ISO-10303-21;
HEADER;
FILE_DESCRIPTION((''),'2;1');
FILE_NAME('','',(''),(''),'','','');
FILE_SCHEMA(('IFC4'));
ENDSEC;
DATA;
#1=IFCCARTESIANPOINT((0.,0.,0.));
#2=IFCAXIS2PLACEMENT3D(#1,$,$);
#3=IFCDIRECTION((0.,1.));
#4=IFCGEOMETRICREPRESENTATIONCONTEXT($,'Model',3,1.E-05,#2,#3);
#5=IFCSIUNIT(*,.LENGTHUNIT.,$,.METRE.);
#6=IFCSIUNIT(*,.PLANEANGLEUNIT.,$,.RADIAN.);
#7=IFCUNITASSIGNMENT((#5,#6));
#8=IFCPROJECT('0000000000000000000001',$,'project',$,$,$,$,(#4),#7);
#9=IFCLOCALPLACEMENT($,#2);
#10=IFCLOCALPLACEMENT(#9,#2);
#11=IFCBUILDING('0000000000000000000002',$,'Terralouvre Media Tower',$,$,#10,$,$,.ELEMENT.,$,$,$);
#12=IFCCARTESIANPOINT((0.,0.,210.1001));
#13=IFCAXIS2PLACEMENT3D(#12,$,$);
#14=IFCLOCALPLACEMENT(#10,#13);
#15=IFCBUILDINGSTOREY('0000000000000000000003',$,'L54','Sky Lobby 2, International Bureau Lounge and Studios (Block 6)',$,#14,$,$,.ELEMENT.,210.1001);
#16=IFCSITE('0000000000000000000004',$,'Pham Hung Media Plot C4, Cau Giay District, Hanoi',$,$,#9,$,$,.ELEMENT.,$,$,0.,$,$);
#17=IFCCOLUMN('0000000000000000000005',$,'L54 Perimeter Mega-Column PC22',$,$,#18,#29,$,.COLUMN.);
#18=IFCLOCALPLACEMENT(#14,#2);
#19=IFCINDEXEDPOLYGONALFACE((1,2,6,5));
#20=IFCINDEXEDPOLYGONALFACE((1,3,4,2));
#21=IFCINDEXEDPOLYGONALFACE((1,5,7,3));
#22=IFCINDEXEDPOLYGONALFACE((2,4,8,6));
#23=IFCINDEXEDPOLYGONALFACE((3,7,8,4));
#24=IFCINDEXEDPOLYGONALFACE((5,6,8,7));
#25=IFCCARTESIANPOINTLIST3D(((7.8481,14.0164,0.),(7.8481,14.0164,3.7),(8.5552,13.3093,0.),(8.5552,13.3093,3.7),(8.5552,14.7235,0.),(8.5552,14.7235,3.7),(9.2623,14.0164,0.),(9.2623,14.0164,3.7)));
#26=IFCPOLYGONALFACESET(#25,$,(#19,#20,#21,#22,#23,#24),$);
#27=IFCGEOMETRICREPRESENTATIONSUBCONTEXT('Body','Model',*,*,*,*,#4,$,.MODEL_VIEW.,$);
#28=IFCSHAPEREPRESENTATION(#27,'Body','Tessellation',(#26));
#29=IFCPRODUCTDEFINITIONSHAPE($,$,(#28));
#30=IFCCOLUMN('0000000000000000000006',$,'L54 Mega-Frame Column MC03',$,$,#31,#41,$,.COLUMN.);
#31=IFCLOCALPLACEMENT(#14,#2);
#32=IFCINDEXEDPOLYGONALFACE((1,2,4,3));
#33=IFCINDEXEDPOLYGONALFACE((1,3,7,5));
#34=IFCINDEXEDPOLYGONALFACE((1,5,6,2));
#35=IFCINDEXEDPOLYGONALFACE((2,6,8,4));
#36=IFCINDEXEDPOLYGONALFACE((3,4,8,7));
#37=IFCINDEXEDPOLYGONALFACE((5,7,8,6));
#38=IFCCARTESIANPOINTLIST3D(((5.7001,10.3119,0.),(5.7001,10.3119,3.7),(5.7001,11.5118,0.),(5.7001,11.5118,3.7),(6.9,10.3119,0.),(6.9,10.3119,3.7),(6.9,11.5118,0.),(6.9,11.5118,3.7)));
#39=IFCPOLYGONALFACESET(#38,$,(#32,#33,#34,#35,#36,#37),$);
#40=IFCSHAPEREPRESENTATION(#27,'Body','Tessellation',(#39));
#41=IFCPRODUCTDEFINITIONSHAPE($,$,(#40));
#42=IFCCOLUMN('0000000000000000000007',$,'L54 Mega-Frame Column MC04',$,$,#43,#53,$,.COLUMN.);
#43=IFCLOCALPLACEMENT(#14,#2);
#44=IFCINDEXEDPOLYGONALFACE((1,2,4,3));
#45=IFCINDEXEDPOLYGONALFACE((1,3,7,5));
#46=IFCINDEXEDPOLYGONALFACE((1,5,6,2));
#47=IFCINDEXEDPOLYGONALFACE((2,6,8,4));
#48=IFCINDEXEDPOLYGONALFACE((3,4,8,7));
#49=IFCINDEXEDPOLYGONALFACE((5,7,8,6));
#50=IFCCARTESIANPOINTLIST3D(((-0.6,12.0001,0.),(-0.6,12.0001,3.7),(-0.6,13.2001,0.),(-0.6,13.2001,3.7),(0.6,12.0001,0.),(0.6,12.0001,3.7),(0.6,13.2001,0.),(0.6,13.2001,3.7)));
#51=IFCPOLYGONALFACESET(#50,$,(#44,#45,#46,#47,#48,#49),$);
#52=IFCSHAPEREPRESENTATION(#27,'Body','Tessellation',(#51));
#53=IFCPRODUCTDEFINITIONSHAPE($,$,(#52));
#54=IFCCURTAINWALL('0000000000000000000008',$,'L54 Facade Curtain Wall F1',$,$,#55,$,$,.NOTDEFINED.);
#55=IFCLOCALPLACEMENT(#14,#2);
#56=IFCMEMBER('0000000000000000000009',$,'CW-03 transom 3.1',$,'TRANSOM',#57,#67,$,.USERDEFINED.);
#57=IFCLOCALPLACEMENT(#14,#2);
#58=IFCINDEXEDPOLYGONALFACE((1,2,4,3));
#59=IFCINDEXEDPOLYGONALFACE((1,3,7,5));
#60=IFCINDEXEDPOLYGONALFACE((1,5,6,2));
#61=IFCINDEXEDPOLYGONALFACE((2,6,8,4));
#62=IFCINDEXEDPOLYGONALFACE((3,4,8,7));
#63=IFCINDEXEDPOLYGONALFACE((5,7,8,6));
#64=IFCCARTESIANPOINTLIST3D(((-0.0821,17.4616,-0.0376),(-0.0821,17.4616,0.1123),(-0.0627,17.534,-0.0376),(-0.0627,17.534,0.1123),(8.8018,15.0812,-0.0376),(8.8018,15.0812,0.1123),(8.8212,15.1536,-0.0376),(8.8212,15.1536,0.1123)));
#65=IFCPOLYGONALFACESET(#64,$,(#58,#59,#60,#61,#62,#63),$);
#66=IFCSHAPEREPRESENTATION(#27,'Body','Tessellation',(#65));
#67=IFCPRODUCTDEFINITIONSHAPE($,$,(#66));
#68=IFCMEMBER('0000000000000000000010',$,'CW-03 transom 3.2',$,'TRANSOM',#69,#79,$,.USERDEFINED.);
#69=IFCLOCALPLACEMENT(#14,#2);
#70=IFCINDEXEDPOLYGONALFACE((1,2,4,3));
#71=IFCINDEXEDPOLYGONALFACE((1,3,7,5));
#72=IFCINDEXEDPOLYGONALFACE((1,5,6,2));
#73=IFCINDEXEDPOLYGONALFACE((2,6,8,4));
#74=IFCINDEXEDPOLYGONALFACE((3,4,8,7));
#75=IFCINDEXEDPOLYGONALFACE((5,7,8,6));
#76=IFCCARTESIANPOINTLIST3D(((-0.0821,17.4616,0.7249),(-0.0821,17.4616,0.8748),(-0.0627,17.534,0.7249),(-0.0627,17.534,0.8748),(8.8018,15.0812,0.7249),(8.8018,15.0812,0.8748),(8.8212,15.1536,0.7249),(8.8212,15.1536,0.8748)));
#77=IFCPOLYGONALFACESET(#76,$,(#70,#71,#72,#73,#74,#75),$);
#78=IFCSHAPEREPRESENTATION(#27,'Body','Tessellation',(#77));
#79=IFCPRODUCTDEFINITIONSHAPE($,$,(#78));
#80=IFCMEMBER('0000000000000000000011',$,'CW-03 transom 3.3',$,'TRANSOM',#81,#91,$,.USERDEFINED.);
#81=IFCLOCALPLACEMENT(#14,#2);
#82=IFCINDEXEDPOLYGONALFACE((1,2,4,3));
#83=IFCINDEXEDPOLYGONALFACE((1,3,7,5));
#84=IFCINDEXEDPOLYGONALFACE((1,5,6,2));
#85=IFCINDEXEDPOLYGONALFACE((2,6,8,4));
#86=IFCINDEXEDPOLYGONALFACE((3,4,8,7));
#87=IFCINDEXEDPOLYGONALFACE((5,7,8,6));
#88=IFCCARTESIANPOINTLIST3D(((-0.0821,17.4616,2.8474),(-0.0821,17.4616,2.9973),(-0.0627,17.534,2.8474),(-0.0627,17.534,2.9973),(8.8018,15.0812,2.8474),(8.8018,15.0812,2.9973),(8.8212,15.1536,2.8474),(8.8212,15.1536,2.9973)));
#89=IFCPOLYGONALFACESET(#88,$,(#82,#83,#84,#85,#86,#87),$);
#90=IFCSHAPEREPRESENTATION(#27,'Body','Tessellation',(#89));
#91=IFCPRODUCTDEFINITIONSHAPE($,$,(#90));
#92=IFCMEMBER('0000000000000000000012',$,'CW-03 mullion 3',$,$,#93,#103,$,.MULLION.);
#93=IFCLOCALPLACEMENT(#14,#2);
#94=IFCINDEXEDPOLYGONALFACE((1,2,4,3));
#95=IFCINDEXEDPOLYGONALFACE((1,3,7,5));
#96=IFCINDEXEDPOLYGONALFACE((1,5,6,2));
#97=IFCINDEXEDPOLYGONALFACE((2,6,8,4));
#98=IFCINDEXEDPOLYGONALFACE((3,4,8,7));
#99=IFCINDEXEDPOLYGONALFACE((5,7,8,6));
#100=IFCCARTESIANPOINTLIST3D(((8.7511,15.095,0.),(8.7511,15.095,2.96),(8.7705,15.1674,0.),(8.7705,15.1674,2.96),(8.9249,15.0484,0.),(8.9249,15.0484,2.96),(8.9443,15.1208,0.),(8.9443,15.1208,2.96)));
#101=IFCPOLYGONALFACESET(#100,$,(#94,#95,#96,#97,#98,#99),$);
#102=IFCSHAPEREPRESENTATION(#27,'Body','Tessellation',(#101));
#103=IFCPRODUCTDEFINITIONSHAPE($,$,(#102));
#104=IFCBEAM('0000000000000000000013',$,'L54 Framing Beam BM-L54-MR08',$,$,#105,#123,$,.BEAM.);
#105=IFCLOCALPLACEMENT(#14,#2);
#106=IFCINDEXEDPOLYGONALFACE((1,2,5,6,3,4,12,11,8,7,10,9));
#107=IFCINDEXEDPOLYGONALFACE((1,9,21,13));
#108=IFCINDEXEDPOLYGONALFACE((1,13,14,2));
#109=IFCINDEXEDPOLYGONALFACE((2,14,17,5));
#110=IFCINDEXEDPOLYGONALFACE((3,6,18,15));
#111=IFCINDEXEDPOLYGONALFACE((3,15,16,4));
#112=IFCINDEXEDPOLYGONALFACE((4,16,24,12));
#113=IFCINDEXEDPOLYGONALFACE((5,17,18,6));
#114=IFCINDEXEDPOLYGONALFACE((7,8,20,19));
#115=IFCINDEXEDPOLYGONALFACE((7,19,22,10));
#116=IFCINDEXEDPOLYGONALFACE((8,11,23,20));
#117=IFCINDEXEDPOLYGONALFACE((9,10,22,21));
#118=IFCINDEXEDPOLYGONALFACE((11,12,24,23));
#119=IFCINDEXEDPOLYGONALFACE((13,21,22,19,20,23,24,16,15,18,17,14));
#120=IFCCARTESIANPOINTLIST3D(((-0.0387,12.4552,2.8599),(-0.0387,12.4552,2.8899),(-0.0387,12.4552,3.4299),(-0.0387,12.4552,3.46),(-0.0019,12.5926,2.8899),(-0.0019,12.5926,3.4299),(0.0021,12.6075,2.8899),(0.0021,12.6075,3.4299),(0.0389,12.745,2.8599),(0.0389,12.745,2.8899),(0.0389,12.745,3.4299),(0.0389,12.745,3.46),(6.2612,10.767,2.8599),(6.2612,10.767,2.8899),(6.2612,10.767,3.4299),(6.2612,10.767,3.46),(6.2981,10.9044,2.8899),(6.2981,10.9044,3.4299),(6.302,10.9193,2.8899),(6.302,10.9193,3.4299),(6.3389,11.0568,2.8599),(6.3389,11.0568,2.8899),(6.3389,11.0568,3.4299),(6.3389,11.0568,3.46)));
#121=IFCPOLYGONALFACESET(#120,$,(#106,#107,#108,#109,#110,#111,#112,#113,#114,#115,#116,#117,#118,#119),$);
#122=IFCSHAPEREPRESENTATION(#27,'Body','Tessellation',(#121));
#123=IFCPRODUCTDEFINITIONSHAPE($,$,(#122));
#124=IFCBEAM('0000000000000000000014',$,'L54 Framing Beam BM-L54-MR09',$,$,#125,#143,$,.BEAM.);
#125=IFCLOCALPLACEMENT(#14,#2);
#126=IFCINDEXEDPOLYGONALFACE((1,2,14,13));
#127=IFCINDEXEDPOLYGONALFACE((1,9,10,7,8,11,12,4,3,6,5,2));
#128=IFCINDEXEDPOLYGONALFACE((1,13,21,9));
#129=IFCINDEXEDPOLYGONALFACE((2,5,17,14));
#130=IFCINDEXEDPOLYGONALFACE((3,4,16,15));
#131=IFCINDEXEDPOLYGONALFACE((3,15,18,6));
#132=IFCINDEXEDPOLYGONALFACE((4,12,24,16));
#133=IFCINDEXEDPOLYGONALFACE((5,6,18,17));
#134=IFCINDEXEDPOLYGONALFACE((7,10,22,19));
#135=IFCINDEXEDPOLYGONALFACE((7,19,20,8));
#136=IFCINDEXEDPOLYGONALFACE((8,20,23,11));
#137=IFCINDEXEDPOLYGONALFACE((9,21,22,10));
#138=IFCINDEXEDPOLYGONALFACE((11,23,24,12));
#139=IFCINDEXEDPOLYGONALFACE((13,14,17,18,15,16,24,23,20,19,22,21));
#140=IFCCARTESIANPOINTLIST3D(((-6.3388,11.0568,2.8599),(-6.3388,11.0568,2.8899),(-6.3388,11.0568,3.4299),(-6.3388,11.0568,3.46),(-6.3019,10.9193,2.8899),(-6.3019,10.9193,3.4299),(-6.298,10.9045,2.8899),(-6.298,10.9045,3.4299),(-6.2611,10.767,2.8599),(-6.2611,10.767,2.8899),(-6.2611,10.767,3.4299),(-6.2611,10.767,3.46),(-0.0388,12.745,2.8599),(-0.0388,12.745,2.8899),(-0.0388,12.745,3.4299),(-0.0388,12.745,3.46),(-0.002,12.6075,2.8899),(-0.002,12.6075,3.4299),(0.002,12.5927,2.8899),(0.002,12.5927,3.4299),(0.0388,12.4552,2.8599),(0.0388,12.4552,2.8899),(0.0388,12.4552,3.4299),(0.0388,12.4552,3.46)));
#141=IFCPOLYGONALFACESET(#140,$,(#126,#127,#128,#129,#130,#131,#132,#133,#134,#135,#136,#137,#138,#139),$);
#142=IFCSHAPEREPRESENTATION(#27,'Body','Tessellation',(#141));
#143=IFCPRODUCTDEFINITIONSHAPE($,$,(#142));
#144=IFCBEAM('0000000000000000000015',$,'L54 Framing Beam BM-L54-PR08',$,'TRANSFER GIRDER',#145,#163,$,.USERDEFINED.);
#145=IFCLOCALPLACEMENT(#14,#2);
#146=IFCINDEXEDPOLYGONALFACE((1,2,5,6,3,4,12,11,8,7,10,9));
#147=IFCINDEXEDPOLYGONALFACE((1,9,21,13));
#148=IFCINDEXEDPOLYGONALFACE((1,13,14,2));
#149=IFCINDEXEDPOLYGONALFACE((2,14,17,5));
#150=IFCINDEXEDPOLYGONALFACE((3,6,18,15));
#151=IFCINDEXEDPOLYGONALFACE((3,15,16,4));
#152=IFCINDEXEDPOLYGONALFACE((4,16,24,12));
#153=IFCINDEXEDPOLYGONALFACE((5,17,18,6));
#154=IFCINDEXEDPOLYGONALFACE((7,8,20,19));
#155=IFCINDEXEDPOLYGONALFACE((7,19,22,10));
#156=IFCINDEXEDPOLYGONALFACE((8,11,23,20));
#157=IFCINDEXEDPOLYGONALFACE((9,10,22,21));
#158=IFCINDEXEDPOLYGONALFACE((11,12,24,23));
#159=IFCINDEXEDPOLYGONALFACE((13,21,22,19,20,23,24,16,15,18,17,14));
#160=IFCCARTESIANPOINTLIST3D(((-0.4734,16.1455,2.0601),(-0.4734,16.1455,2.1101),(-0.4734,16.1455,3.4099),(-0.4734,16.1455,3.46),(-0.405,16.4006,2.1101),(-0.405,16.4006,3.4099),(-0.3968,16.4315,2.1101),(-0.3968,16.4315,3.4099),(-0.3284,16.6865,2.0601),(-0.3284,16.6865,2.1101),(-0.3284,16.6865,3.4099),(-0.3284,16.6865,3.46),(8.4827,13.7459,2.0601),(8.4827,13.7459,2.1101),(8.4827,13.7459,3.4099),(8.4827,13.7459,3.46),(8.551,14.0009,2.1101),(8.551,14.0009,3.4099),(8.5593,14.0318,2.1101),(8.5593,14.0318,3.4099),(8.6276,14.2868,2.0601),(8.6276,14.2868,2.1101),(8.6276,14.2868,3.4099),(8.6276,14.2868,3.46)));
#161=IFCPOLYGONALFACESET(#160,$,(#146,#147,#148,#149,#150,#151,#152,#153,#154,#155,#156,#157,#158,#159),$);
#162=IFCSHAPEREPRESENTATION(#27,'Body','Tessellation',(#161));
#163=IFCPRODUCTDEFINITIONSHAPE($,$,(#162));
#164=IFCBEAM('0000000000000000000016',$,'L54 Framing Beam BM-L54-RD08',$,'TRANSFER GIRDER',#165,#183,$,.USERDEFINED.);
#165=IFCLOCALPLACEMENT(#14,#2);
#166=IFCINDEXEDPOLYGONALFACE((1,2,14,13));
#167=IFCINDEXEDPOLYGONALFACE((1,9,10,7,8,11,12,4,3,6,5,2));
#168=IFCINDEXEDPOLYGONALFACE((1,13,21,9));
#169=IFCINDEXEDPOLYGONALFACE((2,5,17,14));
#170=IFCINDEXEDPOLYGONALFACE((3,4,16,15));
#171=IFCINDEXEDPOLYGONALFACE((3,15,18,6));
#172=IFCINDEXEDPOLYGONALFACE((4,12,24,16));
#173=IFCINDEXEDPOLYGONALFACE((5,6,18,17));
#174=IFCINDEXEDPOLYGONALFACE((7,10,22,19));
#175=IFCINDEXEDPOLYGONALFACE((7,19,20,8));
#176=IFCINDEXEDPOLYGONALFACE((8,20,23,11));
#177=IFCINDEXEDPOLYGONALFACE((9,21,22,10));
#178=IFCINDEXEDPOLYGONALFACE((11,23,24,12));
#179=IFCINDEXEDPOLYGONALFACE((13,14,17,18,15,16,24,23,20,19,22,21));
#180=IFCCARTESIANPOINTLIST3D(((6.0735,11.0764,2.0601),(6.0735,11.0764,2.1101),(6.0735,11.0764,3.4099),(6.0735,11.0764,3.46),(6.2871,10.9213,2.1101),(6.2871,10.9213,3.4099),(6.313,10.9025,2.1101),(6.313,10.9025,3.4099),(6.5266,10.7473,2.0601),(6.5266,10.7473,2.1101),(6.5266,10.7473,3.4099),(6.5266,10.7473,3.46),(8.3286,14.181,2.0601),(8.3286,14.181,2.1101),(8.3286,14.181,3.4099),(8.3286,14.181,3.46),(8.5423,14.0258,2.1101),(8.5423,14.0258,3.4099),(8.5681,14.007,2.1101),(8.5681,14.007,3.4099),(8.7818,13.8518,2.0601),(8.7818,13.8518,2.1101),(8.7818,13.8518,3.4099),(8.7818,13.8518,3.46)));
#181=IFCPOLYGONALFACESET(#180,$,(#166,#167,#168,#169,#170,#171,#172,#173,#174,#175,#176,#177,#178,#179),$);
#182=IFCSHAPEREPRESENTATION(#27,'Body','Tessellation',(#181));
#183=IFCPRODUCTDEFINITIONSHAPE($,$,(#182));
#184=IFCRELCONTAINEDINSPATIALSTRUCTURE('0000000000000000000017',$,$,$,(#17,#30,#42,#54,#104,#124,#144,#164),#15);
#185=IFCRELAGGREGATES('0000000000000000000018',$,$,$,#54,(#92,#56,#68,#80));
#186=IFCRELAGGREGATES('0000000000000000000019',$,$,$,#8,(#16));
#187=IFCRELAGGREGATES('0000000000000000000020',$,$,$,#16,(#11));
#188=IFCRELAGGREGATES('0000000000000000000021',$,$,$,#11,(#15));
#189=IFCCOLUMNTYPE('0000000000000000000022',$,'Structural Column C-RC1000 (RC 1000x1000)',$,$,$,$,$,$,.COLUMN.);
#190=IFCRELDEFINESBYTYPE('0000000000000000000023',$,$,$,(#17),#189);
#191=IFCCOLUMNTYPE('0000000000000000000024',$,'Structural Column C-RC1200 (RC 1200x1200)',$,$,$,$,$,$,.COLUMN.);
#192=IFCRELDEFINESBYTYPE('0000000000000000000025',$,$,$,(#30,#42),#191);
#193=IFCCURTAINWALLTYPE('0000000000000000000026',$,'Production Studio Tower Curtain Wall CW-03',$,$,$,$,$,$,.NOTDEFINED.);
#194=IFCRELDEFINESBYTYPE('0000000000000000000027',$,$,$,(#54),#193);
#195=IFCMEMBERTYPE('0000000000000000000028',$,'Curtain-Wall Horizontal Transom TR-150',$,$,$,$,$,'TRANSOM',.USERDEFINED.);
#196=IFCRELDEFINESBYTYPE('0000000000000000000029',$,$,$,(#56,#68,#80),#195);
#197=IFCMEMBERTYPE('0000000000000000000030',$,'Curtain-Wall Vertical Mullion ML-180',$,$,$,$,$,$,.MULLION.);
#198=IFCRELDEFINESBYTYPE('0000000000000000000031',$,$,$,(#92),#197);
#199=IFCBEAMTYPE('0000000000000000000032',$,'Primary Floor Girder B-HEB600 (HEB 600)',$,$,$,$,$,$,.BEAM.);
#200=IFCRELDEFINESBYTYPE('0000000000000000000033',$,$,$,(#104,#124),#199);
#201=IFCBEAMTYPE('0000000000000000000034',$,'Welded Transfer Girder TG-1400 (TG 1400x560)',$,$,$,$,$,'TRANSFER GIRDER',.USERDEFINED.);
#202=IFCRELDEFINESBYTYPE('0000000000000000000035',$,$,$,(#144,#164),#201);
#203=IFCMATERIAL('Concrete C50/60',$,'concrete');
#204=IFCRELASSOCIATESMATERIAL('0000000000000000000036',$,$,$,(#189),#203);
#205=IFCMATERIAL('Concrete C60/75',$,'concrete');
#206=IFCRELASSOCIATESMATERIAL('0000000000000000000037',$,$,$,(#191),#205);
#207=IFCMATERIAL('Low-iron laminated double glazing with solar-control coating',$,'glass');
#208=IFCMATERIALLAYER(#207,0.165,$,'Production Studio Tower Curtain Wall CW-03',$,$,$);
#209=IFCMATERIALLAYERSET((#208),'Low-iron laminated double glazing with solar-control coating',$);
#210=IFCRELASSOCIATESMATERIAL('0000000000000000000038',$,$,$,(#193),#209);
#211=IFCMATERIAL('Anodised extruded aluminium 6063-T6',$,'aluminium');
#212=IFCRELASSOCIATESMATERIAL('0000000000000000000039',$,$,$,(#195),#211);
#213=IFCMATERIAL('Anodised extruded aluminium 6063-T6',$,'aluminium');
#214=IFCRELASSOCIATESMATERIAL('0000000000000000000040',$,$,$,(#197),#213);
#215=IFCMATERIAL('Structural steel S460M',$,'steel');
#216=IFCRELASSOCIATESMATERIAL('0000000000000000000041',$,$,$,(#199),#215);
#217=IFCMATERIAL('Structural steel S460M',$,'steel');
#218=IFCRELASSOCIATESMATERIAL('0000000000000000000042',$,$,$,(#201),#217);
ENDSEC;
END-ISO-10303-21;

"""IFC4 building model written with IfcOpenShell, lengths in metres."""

from ifc_helpers import new_model, si_unit, direction, frame, origin, origin_2d, place, context, subcontext, project, spatial, rectangle, i_section, extrude, material, layer, layer_set, material_profile, profile_set, type_object, element, aggregate, save


model = new_model("IFC4")

# Units and contexts
model_context = context("Model", 3, precision=1e-05, world=origin(), true_north=direction((0.0, 1.0)))
body_context = subcontext(model_context, "Body", "Model", "MODEL_VIEW")
ifc_project = project(units=[si_unit("LENGTHUNIT", "METRE"), si_unit("PLANEANGLEUNIT", "RADIAN")], contexts=[model_context])

# Site, building, storey
site_placement = place(None, origin())
site = spatial("IfcSite", under=ifc_project, at=site_placement, Name="Pham Hung Media Plot C4, Cau Giay District, Hanoi", CompositionType="ELEMENT", RefElevation=0.0)
building_placement = place(site_placement, origin())
building = spatial("IfcBuilding", under=site, at=building_placement, Name="Terralouvre Media Tower", CompositionType="ELEMENT")
storey_placement = place(building_placement, frame((0.0, 0.0, 210.1001)))
storey = spatial("IfcBuildingStorey", under=building, at=storey_placement, Name="L54", Description="Sky Lobby 2, International Bureau Lounge and Studios (Block 6)", CompositionType="ELEMENT", Elevation=210.1001)

# Columns
ifc_material_1 = material(Name="Concrete C50/60", Category="concrete")
ifc_material_profile_1 = material_profile(ifc_material_1, rectangle(XDim=1.0, YDim=1.0, at=origin_2d()), Name="RC 1000x1000")
ifc_profile_set_1 = profile_set([ifc_material_profile_1], Name="Concrete C50/60")
column_type_1 = type_object("IfcColumnType", Name="Structural Column C-RC1000 (RC 1000x1000)", PredefinedType="COLUMN", material=ifc_profile_set_1)
column_placement = place(storey_placement, frame((8.5552, 14.0164, 0.0), z_axis=(0.0, 0.0, 1.0), x_axis=(0.707107, 0.707107, 0.0)))
element("IfcColumn", 1, at=column_placement, inside=storey, type_object=column_type_1, Name="L54 Perimeter Mega-Column PC22", PredefinedType="COLUMN", context=body_context, shape_type="SweptSolid", body=[
    extrude(rectangle(XDim=1.0, YDim=1.0, at=origin_2d()), origin(), (0.0, 0.0, 1.0), 3.7),
])
ifc_material_2 = material(Name="Concrete C60/75", Category="concrete")
ifc_material_profile_2 = material_profile(ifc_material_2, rectangle(XDim=1.2, YDim=1.2, at=origin_2d()), Name="RC 1200x1200")
ifc_profile_set_2 = profile_set([ifc_material_profile_2], Name="Concrete C60/75")
column_type_2 = type_object("IfcColumnType", Name="Structural Column C-RC1200 (RC 1200x1200)", PredefinedType="COLUMN", material=ifc_profile_set_2)
for number, where, z_axis, x_axis, name in (
    (2, (6.3, 10.9119, 0.0), (0.0, 0.0, 1.0), (1.0, 0.0, 0.0), "L54 Mega-Frame Column MC03"),
    (3, (0.0, 12.6001, 0.0), (0.0, 0.0, 1.0), (1.0, 0.0, 0.0), "L54 Mega-Frame Column MC04"),
):
    element("IfcColumn", number, at=place(storey_placement, frame(where, z_axis=z_axis, x_axis=x_axis)), inside=storey, type_object=column_type_2, Name=name, PredefinedType="COLUMN", context=body_context, shape_type="SweptSolid", body=[
        extrude(rectangle(XDim=1.2, YDim=1.2, at=origin_2d()), origin(), (0.0, 0.0, 1.0), 3.7),
    ])

# Curtain wall, members
ifc_material_3 = material(Name="Low-iron laminated double glazing with solar-control coating", Category="glass")
ifc_layer_1 = layer(ifc_material_3, 0.165, Name="Production Studio Tower Curtain Wall CW-03")
ifc_layer_set_1 = layer_set([ifc_layer_1], Name="Low-iron laminated double glazing with solar-control coating")
curtain_wall_type = type_object("IfcCurtainWallType", Name="Production Studio Tower Curtain Wall CW-03", PredefinedType="NOTDEFINED", material=ifc_layer_set_1)
curtain_wall_placement = place(storey_placement, origin())
curtain_wall = element("IfcCurtainWall", 4, at=curtain_wall_placement, inside=storey, type_object=curtain_wall_type, Name="L54 Facade Curtain Wall F1", PredefinedType="NOTDEFINED")
ifc_material_4 = material(Name="Anodised extruded aluminium 6063-T6", Category="aluminium")
ifc_material_profile_3 = material_profile(ifc_material_4, rectangle(XDim=0.075, YDim=0.1499, at=origin_2d()), Name="ALU 75x150")
ifc_profile_set_3 = profile_set([ifc_material_profile_3], Name="Anodised extruded aluminium 6063-T6")
member_type_1 = type_object("IfcMemberType", Name="Curtain-Wall Horizontal Transom TR-150", ElementType="TRANSOM", PredefinedType="USERDEFINED", material=ifc_profile_set_3)
member_1_placement = place(storey_placement, frame((8.8115, 15.1174, 0.0374), z_axis=(-0.965927, 0.258816, 0.0), x_axis=(-0.258816, -0.965927, 0.0)))
member_1 = element("IfcMember", 5, at=member_1_placement, type_object=member_type_1, Name="CW-03 transom 3.1", ObjectType="TRANSOM", PredefinedType="USERDEFINED", context=body_context, shape_type="SweptSolid", body=[
    extrude(rectangle(XDim=0.075, YDim=0.1499, at=origin_2d()), origin(), (0.0, 0.0, 1.0), 9.1973),
])
member_2_placement = place(storey_placement, frame((8.8115, 15.1174, 0.7998), z_axis=(-0.965927, 0.258816, 0.0), x_axis=(-0.258816, -0.965927, 0.0)))
member_2 = element("IfcMember", 6, at=member_2_placement, type_object=member_type_1, Name="CW-03 transom 3.2", ObjectType="TRANSOM", PredefinedType="USERDEFINED", context=body_context, shape_type="SweptSolid", body=[
    extrude(rectangle(XDim=0.075, YDim=0.1499, at=origin_2d()), origin(), (0.0, 0.0, 1.0), 9.1973),
])
member_3_placement = place(storey_placement, frame((8.8115, 15.1174, 2.9224), z_axis=(-0.965927, 0.258816, 0.0), x_axis=(-0.258816, -0.965927, 0.0)))
member_3 = element("IfcMember", 7, at=member_3_placement, type_object=member_type_1, Name="CW-03 transom 3.3", ObjectType="TRANSOM", PredefinedType="USERDEFINED", context=body_context, shape_type="SweptSolid", body=[
    extrude(rectangle(XDim=0.075, YDim=0.1499, at=origin_2d()), origin(), (0.0, 0.0, 1.0), 9.1973),
])
ifc_material_5 = material(Name="Anodised extruded aluminium 6063-T6", Category="aluminium")
ifc_material_profile_4 = material_profile(ifc_material_5, rectangle(XDim=0.075, YDim=0.1799, at=origin_2d()), Name="ALU 75x180")
ifc_profile_set_4 = profile_set([ifc_material_profile_4], Name="Anodised extruded aluminium 6063-T6")
member_type_2 = type_object("IfcMemberType", Name="Curtain-Wall Vertical Mullion ML-180", PredefinedType="MULLION", material=ifc_profile_set_4)
member_4_placement = place(storey_placement, frame((8.8477, 15.1079, 0.0), z_axis=(0.0, 0.0, 1.0), x_axis=(-0.258819, -0.965926, 0.0)))
member_4 = element("IfcMember", 8, at=member_4_placement, type_object=member_type_2, Name="CW-03 mullion 3", PredefinedType="MULLION", context=body_context, shape_type="SweptSolid", body=[
    extrude(rectangle(XDim=0.075, YDim=0.1799, at=origin_2d()), origin(), (0.0, 0.0, 1.0), 2.96),
])

# Beams
ifc_material_6 = material(Name="Structural steel S460M", Category="steel")
ifc_material_profile_5 = material_profile(ifc_material_6, i_section(OverallWidth=0.3, OverallDepth=0.6001, WebThickness=0.0154, FlangeThickness=0.03, at=origin_2d()), Name="HEB 600")
ifc_profile_set_5 = profile_set([ifc_material_profile_5], Name="Structural steel S460M")
beam_type_1 = type_object("IfcBeamType", Name="Primary Floor Girder B-HEB600 (HEB 600)", PredefinedType="BEAM", material=ifc_profile_set_5)
for number, where, z_axis, x_axis, name in (
    (9, (6.3, 10.9119, 3.1599), (-0.96592, 0.258839, 0.0), (-0.258839, -0.96592, 0.0), "L54 Framing Beam BM-L54-MR08"),
    (10, (0.0, 12.6001, 3.1599), (-0.96592, -0.258839, 0.0), (0.258839, -0.96592, 0.0), "L54 Framing Beam BM-L54-MR09"),
):
    element("IfcBeam", number, at=place(storey_placement, frame(where, z_axis=z_axis, x_axis=x_axis)), inside=storey, type_object=beam_type_1, Name=name, PredefinedType="BEAM", context=body_context, shape_type="SweptSolid", body=[
        extrude(i_section(OverallWidth=0.3, OverallDepth=0.6001, WebThickness=0.0154, FlangeThickness=0.03, at=origin_2d()), origin(), (0.0, 0.0, 1.0), 6.5222),
    ])
ifc_material_7 = material(Name="Structural steel S460M", Category="steel")
ifc_material_profile_6 = material_profile(ifc_material_7, i_section(OverallWidth=0.5601, OverallDepth=1.3999, WebThickness=0.032, FlangeThickness=0.05, at=origin_2d()), Name="TG 1400x560")
ifc_profile_set_6 = profile_set([ifc_material_profile_6], Name="Structural steel S460M")
beam_type_2 = type_object("IfcBeamType", Name="Welded Transfer Girder TG-1400 (TG 1400x560)", ElementType="TRANSFER GIRDER", PredefinedType="USERDEFINED", material=ifc_profile_set_6)
beam_1_placement = place(storey_placement, frame((8.5552, 14.0164, 2.76), z_axis=(-0.965929, 0.258808, 0.0), x_axis=(-0.258808, -0.965929, 0.0)))
element("IfcBeam", 11, at=beam_1_placement, inside=storey, type_object=beam_type_2, Name="L54 Framing Beam BM-L54-PR08", ObjectType="TRANSFER GIRDER", PredefinedType="USERDEFINED", context=body_context, shape_type="SweptSolid", body=[
    extrude(i_section(OverallWidth=0.5601, OverallDepth=1.3999, WebThickness=0.032, FlangeThickness=0.05, at=origin_2d()), origin(), (0.0, 0.0, 1.0), 9.272),
])
beam_2_placement = place(storey_placement, frame((6.3, 10.9119, 2.76), z_axis=(0.587714, 0.809069, 0.0), x_axis=(-0.809069, 0.587714, 0.0)))
element("IfcBeam", 12, at=beam_2_placement, inside=storey, type_object=beam_type_2, Name="L54 Framing Beam BM-L54-RD08", ObjectType="TRANSFER GIRDER", PredefinedType="USERDEFINED", context=body_context, shape_type="SweptSolid", body=[
    extrude(i_section(OverallWidth=0.5601, OverallDepth=1.3999, WebThickness=0.032, FlangeThickness=0.05, at=origin_2d()), origin(), (0.0, 0.0, 1.0), 3.8372),
])

aggregate(curtain_wall, [member_4, member_1, member_2, member_3])

save(model, "model.ifc")
